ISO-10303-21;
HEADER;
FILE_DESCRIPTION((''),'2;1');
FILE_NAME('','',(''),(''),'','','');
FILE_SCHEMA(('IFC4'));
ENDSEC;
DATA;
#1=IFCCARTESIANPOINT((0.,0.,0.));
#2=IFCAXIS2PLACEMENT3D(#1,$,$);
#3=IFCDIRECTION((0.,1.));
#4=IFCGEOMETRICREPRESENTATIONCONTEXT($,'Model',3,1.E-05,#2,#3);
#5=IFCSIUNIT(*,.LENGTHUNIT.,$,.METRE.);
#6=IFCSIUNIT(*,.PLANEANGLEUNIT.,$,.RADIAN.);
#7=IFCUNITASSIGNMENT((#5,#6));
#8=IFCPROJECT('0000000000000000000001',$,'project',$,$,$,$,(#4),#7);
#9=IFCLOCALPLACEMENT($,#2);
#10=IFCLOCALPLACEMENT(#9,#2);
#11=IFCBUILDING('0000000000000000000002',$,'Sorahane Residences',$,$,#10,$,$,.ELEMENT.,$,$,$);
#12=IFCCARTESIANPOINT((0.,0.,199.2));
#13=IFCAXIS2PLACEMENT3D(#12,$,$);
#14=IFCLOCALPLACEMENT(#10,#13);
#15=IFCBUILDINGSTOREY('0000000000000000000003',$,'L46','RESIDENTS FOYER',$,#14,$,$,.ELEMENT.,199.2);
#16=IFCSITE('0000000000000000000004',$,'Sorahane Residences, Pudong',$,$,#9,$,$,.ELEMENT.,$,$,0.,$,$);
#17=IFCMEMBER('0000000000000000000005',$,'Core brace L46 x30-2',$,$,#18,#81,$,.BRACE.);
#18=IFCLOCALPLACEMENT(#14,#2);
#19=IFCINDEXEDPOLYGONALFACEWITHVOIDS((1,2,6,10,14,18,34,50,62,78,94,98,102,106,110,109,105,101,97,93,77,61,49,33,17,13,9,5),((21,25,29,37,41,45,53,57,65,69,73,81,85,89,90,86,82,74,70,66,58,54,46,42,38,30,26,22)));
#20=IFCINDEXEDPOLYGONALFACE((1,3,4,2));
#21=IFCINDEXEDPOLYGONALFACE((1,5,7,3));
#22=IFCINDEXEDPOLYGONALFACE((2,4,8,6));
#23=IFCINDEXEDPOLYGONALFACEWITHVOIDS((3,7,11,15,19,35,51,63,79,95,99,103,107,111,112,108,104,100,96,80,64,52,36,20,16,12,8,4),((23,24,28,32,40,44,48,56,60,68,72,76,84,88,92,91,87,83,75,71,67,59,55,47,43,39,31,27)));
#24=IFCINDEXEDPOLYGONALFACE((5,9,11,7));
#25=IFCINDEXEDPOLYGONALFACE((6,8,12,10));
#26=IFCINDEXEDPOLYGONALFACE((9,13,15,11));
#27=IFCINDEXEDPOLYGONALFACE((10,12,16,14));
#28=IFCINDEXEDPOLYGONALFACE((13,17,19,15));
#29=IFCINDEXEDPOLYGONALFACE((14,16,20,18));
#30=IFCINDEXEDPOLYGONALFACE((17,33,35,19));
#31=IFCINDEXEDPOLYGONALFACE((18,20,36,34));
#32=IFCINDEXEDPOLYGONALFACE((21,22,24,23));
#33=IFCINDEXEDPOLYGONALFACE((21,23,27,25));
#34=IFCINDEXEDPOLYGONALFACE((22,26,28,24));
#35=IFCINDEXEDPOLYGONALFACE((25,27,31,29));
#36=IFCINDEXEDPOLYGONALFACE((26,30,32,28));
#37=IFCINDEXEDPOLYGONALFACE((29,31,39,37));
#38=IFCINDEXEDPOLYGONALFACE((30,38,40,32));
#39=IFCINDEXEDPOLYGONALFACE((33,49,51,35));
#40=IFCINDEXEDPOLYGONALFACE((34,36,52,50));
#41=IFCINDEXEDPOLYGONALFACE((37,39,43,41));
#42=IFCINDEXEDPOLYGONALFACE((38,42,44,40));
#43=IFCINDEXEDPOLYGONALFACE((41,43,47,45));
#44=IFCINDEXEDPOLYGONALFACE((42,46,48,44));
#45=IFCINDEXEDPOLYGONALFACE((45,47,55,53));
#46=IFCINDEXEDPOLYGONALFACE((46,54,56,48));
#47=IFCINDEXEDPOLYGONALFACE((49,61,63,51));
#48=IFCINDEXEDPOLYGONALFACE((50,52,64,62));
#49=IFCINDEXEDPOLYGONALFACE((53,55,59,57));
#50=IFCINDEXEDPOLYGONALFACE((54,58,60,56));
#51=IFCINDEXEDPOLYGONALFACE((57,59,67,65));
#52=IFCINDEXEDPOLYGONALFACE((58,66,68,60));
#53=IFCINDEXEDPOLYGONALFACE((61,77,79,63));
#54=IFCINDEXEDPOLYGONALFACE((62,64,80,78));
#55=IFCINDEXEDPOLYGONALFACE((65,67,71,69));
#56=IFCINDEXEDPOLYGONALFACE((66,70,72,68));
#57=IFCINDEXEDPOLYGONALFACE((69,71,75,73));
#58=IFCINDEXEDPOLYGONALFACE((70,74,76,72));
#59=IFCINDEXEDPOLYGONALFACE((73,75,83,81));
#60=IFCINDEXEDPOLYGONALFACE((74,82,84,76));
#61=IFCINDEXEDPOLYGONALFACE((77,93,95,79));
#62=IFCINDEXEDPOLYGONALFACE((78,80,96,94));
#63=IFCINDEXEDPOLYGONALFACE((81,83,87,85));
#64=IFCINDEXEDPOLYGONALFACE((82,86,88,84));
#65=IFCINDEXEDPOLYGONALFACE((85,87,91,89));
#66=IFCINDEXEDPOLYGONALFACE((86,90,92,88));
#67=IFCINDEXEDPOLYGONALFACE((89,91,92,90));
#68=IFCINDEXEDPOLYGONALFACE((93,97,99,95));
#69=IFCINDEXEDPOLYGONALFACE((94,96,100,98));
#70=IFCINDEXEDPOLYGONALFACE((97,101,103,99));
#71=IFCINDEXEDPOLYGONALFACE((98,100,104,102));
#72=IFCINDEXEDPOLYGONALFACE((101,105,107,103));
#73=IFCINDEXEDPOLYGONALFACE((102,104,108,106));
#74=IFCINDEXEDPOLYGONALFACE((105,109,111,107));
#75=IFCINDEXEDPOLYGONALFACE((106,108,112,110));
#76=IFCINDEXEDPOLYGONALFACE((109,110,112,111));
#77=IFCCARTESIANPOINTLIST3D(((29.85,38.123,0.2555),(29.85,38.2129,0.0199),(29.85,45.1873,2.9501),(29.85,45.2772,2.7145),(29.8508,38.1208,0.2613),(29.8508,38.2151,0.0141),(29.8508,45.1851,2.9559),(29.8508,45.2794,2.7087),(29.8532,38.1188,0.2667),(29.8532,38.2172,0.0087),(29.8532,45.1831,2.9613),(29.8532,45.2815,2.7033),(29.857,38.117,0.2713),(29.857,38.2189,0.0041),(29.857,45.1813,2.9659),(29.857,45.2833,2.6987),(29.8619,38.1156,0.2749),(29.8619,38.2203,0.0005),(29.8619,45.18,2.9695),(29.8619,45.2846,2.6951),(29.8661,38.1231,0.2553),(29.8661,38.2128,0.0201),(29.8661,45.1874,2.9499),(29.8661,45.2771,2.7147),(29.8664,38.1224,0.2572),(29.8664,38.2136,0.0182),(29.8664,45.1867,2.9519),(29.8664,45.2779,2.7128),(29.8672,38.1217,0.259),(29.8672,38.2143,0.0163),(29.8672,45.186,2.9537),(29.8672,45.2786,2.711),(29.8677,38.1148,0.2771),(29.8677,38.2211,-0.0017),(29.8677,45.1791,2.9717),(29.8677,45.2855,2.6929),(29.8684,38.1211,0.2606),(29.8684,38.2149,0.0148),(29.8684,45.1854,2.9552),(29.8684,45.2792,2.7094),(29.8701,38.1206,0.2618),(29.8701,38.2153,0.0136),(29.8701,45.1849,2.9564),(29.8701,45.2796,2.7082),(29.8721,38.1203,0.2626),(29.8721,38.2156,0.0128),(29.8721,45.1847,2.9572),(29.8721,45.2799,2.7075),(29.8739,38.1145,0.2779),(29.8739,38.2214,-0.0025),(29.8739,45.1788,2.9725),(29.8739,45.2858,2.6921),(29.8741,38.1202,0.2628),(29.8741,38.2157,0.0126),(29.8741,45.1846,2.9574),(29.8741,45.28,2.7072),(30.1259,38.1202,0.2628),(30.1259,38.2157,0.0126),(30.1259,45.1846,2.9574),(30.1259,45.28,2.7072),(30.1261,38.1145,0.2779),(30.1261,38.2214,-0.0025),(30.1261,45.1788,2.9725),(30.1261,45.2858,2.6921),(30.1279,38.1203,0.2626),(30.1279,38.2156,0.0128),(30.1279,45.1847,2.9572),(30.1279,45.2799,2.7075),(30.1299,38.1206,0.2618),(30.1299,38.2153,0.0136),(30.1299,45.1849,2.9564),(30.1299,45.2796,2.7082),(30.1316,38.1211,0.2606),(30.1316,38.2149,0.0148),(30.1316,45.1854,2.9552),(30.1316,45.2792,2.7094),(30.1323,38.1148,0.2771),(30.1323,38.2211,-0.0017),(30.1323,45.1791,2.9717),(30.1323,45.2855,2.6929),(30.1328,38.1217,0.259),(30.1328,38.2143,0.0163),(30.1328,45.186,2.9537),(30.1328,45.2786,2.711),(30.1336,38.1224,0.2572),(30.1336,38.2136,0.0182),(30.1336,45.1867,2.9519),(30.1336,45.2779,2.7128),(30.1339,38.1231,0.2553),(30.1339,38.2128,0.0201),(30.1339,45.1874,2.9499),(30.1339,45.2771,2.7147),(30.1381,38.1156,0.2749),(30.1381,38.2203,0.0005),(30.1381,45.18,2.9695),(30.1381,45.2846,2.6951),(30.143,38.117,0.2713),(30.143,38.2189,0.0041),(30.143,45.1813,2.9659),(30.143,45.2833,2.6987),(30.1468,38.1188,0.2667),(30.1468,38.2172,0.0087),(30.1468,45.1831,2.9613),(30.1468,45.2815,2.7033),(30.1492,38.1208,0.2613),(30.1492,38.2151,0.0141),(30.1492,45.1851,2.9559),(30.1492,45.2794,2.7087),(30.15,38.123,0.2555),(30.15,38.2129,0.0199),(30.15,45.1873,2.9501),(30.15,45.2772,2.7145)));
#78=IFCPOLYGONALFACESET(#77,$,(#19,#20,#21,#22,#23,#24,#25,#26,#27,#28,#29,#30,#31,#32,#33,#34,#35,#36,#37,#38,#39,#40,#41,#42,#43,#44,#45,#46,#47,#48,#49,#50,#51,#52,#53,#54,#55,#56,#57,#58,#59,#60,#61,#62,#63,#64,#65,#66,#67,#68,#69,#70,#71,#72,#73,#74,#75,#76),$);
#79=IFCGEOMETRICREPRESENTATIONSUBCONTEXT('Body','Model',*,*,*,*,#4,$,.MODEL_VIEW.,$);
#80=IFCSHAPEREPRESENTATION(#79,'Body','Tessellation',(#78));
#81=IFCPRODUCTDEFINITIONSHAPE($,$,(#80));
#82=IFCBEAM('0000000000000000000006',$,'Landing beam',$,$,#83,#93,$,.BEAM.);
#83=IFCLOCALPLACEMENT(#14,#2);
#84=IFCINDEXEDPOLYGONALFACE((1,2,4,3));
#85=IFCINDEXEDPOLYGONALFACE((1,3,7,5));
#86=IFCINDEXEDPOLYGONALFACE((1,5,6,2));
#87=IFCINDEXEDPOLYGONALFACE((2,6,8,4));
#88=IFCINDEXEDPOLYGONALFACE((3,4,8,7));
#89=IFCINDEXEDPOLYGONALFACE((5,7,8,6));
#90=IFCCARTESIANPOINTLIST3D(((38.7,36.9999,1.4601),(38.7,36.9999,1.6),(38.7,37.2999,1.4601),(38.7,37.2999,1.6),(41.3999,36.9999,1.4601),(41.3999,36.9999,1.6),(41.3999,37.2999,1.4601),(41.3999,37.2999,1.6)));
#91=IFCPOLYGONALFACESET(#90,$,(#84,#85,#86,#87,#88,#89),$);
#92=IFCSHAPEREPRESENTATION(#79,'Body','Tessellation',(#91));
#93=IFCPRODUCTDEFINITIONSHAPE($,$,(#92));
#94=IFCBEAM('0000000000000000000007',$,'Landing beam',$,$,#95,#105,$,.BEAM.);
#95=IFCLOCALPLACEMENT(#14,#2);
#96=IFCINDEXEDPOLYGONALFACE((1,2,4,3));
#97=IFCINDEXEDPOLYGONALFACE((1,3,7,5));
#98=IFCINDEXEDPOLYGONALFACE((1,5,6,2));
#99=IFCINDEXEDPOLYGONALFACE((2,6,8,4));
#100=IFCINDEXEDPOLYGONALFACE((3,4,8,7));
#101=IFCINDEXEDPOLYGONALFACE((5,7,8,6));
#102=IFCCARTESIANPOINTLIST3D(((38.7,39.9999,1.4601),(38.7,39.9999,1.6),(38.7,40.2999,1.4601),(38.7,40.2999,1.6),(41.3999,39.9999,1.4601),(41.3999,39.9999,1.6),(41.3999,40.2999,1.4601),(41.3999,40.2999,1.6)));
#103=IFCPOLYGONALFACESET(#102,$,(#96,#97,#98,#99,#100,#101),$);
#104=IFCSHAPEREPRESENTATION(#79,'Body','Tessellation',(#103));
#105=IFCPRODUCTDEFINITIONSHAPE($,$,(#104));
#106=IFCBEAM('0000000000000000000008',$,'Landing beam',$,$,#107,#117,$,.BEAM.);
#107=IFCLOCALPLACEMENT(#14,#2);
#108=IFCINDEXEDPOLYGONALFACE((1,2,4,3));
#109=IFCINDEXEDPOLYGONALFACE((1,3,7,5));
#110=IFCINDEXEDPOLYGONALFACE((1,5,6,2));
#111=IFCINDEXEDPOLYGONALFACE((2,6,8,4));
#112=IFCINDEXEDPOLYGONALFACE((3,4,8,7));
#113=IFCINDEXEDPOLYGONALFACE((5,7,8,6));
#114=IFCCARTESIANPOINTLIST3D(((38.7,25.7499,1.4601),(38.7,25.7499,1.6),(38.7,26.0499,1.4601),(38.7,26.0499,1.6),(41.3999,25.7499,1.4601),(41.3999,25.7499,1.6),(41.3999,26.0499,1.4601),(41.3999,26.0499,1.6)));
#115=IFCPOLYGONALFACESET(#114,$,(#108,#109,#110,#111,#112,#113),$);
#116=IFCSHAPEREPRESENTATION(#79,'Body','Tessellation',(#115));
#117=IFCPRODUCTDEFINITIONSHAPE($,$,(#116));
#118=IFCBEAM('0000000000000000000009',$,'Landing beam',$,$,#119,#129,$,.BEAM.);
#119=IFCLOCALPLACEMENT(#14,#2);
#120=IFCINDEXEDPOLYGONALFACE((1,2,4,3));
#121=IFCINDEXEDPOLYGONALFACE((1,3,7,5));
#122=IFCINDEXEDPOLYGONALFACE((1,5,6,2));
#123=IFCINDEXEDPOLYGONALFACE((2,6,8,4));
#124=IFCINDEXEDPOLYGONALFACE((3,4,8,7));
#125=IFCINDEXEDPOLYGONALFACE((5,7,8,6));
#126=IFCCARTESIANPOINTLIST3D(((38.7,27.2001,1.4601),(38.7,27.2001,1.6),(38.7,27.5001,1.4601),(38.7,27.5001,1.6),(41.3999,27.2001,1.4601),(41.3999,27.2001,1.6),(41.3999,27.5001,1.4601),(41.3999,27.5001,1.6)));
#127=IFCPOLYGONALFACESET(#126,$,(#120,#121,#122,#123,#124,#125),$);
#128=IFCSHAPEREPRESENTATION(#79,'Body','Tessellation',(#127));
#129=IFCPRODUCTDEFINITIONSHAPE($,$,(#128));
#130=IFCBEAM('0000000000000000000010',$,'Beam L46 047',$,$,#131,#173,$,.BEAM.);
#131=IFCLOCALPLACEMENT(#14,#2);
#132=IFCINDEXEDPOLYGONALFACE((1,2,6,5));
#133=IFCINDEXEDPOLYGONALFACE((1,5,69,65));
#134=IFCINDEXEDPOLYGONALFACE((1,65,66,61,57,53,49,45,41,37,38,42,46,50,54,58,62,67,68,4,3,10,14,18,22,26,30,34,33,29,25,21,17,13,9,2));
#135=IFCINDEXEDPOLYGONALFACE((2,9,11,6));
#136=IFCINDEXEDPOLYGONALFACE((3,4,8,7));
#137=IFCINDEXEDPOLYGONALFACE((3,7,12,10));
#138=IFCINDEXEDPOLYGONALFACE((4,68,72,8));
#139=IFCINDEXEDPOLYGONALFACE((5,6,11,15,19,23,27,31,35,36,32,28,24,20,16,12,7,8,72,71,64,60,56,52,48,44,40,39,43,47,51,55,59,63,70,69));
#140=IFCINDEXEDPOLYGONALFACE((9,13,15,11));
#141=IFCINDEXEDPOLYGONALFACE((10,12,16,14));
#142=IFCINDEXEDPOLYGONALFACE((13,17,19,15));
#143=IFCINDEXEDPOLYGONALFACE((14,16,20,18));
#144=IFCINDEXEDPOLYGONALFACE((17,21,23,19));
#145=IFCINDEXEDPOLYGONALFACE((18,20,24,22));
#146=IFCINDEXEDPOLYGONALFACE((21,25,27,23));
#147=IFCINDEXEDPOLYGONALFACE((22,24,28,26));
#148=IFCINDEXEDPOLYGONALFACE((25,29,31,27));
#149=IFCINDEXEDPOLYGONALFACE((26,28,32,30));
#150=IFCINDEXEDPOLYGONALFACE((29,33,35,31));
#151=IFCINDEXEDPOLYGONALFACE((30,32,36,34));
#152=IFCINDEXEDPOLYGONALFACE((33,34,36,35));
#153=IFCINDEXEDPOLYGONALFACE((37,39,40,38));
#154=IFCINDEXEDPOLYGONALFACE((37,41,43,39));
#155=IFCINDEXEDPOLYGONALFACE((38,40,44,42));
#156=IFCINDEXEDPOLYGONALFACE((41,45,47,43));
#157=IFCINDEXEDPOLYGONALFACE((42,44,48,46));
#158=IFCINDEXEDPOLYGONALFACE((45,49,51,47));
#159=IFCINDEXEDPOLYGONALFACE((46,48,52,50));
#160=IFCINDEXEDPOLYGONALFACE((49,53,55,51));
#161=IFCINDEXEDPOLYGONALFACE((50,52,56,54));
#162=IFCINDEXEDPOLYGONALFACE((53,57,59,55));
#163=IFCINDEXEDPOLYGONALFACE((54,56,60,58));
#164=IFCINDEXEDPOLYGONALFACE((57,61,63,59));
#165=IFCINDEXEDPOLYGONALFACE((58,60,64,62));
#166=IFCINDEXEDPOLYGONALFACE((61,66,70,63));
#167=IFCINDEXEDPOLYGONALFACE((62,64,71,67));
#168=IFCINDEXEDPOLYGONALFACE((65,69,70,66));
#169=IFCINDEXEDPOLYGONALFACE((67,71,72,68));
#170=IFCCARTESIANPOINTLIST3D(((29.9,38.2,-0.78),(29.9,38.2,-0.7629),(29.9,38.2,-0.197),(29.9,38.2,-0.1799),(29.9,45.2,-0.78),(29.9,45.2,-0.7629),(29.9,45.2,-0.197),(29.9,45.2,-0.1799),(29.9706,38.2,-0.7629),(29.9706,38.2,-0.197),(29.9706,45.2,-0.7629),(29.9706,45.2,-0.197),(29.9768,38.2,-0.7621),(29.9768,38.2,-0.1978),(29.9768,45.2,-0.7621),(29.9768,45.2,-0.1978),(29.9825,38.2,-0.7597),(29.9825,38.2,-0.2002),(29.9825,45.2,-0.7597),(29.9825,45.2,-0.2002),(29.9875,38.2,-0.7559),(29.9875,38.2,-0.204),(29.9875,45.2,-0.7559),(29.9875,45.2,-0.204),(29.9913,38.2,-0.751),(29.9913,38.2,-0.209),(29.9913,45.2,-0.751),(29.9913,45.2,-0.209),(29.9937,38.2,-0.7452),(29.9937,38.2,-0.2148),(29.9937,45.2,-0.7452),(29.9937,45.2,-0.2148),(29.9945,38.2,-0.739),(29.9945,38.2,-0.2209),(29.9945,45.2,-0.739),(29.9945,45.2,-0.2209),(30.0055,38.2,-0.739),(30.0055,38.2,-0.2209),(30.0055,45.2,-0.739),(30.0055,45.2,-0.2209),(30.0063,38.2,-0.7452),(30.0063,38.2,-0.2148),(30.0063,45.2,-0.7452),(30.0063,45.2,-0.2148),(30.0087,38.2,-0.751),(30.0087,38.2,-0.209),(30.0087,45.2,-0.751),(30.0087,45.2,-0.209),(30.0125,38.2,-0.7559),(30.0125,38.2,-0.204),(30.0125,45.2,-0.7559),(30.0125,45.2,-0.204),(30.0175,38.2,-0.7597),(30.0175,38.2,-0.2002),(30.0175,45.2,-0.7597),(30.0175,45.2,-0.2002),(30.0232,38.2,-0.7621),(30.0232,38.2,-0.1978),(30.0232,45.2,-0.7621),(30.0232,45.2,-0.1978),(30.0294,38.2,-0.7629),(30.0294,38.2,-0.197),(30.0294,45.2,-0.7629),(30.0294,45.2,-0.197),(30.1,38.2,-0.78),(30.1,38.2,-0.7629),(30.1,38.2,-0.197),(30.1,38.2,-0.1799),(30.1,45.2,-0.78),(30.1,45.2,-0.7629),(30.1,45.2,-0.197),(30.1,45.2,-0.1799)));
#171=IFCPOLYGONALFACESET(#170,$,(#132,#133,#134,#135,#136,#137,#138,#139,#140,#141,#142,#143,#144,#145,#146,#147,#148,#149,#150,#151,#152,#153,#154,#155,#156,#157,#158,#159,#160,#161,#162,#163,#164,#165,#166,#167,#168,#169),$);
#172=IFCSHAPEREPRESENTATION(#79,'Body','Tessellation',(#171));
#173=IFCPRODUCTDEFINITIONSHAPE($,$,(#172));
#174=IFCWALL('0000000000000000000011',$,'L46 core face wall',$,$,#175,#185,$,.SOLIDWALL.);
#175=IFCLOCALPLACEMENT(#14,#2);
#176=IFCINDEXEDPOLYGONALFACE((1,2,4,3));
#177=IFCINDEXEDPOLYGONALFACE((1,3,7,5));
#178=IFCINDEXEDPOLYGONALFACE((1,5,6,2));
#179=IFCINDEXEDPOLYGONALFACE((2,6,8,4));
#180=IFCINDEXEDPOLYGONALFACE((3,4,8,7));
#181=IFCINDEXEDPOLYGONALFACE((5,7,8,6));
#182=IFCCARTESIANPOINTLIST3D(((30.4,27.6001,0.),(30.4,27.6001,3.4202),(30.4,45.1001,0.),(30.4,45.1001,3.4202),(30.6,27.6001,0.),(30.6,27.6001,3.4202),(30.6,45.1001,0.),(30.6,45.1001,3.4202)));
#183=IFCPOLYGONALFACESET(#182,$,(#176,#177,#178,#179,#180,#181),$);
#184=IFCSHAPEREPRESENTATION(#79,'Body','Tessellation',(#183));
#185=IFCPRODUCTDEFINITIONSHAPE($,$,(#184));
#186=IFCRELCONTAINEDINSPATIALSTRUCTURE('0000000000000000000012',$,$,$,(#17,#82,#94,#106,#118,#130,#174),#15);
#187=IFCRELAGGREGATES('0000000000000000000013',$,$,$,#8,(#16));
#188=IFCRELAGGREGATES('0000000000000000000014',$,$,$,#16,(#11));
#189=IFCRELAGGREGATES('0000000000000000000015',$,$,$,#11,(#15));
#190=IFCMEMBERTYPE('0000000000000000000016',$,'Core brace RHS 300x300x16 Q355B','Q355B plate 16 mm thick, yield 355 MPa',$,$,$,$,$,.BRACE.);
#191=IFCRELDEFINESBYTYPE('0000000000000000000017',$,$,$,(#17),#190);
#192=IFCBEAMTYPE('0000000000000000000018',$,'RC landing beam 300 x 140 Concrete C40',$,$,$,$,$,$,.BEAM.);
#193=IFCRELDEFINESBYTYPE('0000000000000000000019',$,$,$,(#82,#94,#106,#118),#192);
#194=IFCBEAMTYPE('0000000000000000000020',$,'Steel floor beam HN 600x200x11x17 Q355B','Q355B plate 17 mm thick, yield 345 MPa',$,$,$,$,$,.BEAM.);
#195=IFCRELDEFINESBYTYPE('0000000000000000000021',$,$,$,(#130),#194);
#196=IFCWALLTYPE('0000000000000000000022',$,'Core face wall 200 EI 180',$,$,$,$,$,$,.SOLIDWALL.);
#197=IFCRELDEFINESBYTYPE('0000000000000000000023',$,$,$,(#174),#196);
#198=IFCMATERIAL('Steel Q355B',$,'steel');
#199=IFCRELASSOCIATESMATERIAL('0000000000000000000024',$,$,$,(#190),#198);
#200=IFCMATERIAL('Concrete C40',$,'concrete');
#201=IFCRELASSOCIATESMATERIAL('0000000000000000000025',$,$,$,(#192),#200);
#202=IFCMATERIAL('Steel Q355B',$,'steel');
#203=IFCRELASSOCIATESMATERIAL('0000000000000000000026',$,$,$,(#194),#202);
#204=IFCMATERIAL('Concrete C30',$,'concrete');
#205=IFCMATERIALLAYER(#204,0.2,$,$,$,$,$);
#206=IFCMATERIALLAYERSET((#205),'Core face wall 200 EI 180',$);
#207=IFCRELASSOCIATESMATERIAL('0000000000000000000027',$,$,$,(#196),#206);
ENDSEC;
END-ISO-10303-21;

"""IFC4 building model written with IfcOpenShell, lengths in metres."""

from ifc_helpers import new_model, si_unit, direction, frame, frame_2d, origin, origin_2d, place, context, subcontext, project, spatial, rectangle, hollow_rectangle, i_section, extrude, material, layer, layer_set, material_profile, profile_set, type_object, element, save


model = new_model("IFC4")

# Units and contexts
model_context = context("Model", 3, precision=1e-05, world=origin(), true_north=direction((0.0, 1.0)))
body_context = subcontext(model_context, "Body", "Model", "MODEL_VIEW")
ifc_project = project(units=[si_unit("LENGTHUNIT", "METRE"), si_unit("PLANEANGLEUNIT", "RADIAN")], contexts=[model_context])

# Site, building, storey
site_placement = place(None, origin())
site = spatial("IfcSite", under=ifc_project, at=site_placement, Name="Sorahane Residences, Pudong", CompositionType="ELEMENT", RefElevation=0.0)
building_placement = place(site_placement, origin())
building = spatial("IfcBuilding", under=site, at=building_placement, Name="Sorahane Residences", CompositionType="ELEMENT")
storey_placement = place(building_placement, frame((0.0, 0.0, 199.2)))
storey = spatial("IfcBuildingStorey", under=building, at=storey_placement, Name="L46", Description="RESIDENTS FOYER", CompositionType="ELEMENT", Elevation=199.2)

# Member
ifc_material_1 = material(Name="Steel Q355B", Category="steel")
ifc_material_profile_1 = material_profile(ifc_material_1, hollow_rectangle(XDim=0.3, YDim=0.3, WallThickness=0.0161, InnerFilletRadius=0.0081, OuterFilletRadius=0.0239, at=origin_2d()), Name="RHS 300x300x16")
ifc_profile_set_1 = profile_set([ifc_material_profile_1], Name="Steel Q355B")
member_type = type_object("IfcMemberType", Name="Core brace RHS 300x300x16 Q355B", Description="Q355B plate 16 mm thick, yield 355 MPa", PredefinedType="BRACE", material=ifc_profile_set_1)
member_placement = place(storey_placement, frame((30.0, 38.168, 0.1377), z_axis=(0.0, 0.934336, 0.356394), x_axis=(-1.0, 0.0, 0.0)))
element("IfcMember", 1, at=member_placement, inside=storey, type_object=member_type, Name="Core brace L46 x30-2", PredefinedType="BRACE", context=body_context, shape_type="SweptSolid", body=[
    extrude(hollow_rectangle(XDim=0.3, YDim=0.3, WallThickness=0.0161, InnerFilletRadius=0.0081, OuterFilletRadius=0.0239, at=origin_2d()), origin(), (0.0, 0.0, 1.0), 7.5608),
])

# Beams
ifc_material_2 = material(Name="Concrete C40", Category="concrete")
ifc_material_profile_2 = material_profile(ifc_material_2, rectangle(XDim=0.3, YDim=0.1399, at=origin_2d()), Name="300x140")
ifc_profile_set_2 = profile_set([ifc_material_profile_2], Name="Concrete C40")
beam_type_1 = type_object("IfcBeamType", Name="RC landing beam 300 x 140 Concrete C40", PredefinedType="BEAM", material=ifc_profile_set_2)
for number, where, z_axis, x_axis, name in (
    (2, (38.7, 37.1499, 1.53), (1.0, 0.0, 0.0), (0.0, 1.0, 0.0), "Landing beam"),
    (3, (38.7, 40.1499, 1.53), (1.0, 0.0, 0.0), (0.0, 1.0, 0.0), "Landing beam"),
    (4, (38.7, 25.8999, 1.53), (1.0, 0.0, 0.0), (0.0, 1.0, 0.0), "Landing beam"),
    (5, (38.7, 27.3501, 1.53), (1.0, 0.0, 0.0), (0.0, 1.0, 0.0), "Landing beam"),
):
    element("IfcBeam", number, at=place(storey_placement, frame(where, z_axis=z_axis, x_axis=x_axis)), inside=storey, type_object=beam_type_1, Name=name, PredefinedType="BEAM", context=body_context, shape_type="SweptSolid", body=[
        extrude(rectangle(XDim=0.3, YDim=0.1399, at=origin_2d()), origin(), (0.0, 0.0, 1.0), 2.7),
    ])
ifc_material_3 = material(Name="Steel Q355B", Category="steel")
ifc_material_profile_3 = material_profile(ifc_material_3, i_section(OverallWidth=0.2, OverallDepth=0.6001, WebThickness=0.011, FlangeThickness=0.0171, FilletRadius=0.0239, at=origin_2d()), Name="HN 600x200x11x17")
ifc_profile_set_3 = profile_set([ifc_material_profile_3], Name="Steel Q355B")
beam_type_2 = type_object("IfcBeamType", Name="Steel floor beam HN 600x200x11x17 Q355B", Description="Q355B plate 17 mm thick, yield 345 MPa", PredefinedType="BEAM", material=ifc_profile_set_3)
beam_placement = place(storey_placement, frame((30.0, 38.2, -0.48), z_axis=(0.0, 1.0, 0.0), x_axis=(-1.0, 0.0, 0.0)))
element("IfcBeam", 6, at=beam_placement, inside=storey, type_object=beam_type_2, Name="Beam L46 047", PredefinedType="BEAM", context=body_context, shape_type="SweptSolid", body=[
    extrude(i_section(OverallWidth=0.2, OverallDepth=0.6001, WebThickness=0.011, FlangeThickness=0.0171, FilletRadius=0.0239, at=origin_2d()), origin(), (0.0, 0.0, 1.0), 7.0),
])

# Wall
ifc_material_4 = material(Name="Concrete C30", Category="concrete")
ifc_layer_1 = layer(ifc_material_4, 0.2)
ifc_layer_set_1 = layer_set([ifc_layer_1], Name="Core face wall 200 EI 180")
wall_type_1 = type_object("IfcWallType", Name="Core face wall 200 EI 180", PredefinedType="SOLIDWALL", material=ifc_layer_set_1)
wall_1_placement = place(storey_placement, frame((30.5, 27.6001, 0.0), z_axis=(0.0, 0.0, 1.0), x_axis=(0.0, 1.0, 0.0)))
element("IfcWall", 7, at=wall_1_placement, inside=storey, type_object=wall_type_1, Name="L46 core face wall", PredefinedType="SOLIDWALL", context=body_context, shape_type="SweptSolid", body=[
    extrude(rectangle(XDim=17.5, YDim=0.2, at=frame_2d((8.75, 0.0))), origin(), (0.0, 0.0, 1.0), 3.4202),
])

save(model, "model.ifc")
